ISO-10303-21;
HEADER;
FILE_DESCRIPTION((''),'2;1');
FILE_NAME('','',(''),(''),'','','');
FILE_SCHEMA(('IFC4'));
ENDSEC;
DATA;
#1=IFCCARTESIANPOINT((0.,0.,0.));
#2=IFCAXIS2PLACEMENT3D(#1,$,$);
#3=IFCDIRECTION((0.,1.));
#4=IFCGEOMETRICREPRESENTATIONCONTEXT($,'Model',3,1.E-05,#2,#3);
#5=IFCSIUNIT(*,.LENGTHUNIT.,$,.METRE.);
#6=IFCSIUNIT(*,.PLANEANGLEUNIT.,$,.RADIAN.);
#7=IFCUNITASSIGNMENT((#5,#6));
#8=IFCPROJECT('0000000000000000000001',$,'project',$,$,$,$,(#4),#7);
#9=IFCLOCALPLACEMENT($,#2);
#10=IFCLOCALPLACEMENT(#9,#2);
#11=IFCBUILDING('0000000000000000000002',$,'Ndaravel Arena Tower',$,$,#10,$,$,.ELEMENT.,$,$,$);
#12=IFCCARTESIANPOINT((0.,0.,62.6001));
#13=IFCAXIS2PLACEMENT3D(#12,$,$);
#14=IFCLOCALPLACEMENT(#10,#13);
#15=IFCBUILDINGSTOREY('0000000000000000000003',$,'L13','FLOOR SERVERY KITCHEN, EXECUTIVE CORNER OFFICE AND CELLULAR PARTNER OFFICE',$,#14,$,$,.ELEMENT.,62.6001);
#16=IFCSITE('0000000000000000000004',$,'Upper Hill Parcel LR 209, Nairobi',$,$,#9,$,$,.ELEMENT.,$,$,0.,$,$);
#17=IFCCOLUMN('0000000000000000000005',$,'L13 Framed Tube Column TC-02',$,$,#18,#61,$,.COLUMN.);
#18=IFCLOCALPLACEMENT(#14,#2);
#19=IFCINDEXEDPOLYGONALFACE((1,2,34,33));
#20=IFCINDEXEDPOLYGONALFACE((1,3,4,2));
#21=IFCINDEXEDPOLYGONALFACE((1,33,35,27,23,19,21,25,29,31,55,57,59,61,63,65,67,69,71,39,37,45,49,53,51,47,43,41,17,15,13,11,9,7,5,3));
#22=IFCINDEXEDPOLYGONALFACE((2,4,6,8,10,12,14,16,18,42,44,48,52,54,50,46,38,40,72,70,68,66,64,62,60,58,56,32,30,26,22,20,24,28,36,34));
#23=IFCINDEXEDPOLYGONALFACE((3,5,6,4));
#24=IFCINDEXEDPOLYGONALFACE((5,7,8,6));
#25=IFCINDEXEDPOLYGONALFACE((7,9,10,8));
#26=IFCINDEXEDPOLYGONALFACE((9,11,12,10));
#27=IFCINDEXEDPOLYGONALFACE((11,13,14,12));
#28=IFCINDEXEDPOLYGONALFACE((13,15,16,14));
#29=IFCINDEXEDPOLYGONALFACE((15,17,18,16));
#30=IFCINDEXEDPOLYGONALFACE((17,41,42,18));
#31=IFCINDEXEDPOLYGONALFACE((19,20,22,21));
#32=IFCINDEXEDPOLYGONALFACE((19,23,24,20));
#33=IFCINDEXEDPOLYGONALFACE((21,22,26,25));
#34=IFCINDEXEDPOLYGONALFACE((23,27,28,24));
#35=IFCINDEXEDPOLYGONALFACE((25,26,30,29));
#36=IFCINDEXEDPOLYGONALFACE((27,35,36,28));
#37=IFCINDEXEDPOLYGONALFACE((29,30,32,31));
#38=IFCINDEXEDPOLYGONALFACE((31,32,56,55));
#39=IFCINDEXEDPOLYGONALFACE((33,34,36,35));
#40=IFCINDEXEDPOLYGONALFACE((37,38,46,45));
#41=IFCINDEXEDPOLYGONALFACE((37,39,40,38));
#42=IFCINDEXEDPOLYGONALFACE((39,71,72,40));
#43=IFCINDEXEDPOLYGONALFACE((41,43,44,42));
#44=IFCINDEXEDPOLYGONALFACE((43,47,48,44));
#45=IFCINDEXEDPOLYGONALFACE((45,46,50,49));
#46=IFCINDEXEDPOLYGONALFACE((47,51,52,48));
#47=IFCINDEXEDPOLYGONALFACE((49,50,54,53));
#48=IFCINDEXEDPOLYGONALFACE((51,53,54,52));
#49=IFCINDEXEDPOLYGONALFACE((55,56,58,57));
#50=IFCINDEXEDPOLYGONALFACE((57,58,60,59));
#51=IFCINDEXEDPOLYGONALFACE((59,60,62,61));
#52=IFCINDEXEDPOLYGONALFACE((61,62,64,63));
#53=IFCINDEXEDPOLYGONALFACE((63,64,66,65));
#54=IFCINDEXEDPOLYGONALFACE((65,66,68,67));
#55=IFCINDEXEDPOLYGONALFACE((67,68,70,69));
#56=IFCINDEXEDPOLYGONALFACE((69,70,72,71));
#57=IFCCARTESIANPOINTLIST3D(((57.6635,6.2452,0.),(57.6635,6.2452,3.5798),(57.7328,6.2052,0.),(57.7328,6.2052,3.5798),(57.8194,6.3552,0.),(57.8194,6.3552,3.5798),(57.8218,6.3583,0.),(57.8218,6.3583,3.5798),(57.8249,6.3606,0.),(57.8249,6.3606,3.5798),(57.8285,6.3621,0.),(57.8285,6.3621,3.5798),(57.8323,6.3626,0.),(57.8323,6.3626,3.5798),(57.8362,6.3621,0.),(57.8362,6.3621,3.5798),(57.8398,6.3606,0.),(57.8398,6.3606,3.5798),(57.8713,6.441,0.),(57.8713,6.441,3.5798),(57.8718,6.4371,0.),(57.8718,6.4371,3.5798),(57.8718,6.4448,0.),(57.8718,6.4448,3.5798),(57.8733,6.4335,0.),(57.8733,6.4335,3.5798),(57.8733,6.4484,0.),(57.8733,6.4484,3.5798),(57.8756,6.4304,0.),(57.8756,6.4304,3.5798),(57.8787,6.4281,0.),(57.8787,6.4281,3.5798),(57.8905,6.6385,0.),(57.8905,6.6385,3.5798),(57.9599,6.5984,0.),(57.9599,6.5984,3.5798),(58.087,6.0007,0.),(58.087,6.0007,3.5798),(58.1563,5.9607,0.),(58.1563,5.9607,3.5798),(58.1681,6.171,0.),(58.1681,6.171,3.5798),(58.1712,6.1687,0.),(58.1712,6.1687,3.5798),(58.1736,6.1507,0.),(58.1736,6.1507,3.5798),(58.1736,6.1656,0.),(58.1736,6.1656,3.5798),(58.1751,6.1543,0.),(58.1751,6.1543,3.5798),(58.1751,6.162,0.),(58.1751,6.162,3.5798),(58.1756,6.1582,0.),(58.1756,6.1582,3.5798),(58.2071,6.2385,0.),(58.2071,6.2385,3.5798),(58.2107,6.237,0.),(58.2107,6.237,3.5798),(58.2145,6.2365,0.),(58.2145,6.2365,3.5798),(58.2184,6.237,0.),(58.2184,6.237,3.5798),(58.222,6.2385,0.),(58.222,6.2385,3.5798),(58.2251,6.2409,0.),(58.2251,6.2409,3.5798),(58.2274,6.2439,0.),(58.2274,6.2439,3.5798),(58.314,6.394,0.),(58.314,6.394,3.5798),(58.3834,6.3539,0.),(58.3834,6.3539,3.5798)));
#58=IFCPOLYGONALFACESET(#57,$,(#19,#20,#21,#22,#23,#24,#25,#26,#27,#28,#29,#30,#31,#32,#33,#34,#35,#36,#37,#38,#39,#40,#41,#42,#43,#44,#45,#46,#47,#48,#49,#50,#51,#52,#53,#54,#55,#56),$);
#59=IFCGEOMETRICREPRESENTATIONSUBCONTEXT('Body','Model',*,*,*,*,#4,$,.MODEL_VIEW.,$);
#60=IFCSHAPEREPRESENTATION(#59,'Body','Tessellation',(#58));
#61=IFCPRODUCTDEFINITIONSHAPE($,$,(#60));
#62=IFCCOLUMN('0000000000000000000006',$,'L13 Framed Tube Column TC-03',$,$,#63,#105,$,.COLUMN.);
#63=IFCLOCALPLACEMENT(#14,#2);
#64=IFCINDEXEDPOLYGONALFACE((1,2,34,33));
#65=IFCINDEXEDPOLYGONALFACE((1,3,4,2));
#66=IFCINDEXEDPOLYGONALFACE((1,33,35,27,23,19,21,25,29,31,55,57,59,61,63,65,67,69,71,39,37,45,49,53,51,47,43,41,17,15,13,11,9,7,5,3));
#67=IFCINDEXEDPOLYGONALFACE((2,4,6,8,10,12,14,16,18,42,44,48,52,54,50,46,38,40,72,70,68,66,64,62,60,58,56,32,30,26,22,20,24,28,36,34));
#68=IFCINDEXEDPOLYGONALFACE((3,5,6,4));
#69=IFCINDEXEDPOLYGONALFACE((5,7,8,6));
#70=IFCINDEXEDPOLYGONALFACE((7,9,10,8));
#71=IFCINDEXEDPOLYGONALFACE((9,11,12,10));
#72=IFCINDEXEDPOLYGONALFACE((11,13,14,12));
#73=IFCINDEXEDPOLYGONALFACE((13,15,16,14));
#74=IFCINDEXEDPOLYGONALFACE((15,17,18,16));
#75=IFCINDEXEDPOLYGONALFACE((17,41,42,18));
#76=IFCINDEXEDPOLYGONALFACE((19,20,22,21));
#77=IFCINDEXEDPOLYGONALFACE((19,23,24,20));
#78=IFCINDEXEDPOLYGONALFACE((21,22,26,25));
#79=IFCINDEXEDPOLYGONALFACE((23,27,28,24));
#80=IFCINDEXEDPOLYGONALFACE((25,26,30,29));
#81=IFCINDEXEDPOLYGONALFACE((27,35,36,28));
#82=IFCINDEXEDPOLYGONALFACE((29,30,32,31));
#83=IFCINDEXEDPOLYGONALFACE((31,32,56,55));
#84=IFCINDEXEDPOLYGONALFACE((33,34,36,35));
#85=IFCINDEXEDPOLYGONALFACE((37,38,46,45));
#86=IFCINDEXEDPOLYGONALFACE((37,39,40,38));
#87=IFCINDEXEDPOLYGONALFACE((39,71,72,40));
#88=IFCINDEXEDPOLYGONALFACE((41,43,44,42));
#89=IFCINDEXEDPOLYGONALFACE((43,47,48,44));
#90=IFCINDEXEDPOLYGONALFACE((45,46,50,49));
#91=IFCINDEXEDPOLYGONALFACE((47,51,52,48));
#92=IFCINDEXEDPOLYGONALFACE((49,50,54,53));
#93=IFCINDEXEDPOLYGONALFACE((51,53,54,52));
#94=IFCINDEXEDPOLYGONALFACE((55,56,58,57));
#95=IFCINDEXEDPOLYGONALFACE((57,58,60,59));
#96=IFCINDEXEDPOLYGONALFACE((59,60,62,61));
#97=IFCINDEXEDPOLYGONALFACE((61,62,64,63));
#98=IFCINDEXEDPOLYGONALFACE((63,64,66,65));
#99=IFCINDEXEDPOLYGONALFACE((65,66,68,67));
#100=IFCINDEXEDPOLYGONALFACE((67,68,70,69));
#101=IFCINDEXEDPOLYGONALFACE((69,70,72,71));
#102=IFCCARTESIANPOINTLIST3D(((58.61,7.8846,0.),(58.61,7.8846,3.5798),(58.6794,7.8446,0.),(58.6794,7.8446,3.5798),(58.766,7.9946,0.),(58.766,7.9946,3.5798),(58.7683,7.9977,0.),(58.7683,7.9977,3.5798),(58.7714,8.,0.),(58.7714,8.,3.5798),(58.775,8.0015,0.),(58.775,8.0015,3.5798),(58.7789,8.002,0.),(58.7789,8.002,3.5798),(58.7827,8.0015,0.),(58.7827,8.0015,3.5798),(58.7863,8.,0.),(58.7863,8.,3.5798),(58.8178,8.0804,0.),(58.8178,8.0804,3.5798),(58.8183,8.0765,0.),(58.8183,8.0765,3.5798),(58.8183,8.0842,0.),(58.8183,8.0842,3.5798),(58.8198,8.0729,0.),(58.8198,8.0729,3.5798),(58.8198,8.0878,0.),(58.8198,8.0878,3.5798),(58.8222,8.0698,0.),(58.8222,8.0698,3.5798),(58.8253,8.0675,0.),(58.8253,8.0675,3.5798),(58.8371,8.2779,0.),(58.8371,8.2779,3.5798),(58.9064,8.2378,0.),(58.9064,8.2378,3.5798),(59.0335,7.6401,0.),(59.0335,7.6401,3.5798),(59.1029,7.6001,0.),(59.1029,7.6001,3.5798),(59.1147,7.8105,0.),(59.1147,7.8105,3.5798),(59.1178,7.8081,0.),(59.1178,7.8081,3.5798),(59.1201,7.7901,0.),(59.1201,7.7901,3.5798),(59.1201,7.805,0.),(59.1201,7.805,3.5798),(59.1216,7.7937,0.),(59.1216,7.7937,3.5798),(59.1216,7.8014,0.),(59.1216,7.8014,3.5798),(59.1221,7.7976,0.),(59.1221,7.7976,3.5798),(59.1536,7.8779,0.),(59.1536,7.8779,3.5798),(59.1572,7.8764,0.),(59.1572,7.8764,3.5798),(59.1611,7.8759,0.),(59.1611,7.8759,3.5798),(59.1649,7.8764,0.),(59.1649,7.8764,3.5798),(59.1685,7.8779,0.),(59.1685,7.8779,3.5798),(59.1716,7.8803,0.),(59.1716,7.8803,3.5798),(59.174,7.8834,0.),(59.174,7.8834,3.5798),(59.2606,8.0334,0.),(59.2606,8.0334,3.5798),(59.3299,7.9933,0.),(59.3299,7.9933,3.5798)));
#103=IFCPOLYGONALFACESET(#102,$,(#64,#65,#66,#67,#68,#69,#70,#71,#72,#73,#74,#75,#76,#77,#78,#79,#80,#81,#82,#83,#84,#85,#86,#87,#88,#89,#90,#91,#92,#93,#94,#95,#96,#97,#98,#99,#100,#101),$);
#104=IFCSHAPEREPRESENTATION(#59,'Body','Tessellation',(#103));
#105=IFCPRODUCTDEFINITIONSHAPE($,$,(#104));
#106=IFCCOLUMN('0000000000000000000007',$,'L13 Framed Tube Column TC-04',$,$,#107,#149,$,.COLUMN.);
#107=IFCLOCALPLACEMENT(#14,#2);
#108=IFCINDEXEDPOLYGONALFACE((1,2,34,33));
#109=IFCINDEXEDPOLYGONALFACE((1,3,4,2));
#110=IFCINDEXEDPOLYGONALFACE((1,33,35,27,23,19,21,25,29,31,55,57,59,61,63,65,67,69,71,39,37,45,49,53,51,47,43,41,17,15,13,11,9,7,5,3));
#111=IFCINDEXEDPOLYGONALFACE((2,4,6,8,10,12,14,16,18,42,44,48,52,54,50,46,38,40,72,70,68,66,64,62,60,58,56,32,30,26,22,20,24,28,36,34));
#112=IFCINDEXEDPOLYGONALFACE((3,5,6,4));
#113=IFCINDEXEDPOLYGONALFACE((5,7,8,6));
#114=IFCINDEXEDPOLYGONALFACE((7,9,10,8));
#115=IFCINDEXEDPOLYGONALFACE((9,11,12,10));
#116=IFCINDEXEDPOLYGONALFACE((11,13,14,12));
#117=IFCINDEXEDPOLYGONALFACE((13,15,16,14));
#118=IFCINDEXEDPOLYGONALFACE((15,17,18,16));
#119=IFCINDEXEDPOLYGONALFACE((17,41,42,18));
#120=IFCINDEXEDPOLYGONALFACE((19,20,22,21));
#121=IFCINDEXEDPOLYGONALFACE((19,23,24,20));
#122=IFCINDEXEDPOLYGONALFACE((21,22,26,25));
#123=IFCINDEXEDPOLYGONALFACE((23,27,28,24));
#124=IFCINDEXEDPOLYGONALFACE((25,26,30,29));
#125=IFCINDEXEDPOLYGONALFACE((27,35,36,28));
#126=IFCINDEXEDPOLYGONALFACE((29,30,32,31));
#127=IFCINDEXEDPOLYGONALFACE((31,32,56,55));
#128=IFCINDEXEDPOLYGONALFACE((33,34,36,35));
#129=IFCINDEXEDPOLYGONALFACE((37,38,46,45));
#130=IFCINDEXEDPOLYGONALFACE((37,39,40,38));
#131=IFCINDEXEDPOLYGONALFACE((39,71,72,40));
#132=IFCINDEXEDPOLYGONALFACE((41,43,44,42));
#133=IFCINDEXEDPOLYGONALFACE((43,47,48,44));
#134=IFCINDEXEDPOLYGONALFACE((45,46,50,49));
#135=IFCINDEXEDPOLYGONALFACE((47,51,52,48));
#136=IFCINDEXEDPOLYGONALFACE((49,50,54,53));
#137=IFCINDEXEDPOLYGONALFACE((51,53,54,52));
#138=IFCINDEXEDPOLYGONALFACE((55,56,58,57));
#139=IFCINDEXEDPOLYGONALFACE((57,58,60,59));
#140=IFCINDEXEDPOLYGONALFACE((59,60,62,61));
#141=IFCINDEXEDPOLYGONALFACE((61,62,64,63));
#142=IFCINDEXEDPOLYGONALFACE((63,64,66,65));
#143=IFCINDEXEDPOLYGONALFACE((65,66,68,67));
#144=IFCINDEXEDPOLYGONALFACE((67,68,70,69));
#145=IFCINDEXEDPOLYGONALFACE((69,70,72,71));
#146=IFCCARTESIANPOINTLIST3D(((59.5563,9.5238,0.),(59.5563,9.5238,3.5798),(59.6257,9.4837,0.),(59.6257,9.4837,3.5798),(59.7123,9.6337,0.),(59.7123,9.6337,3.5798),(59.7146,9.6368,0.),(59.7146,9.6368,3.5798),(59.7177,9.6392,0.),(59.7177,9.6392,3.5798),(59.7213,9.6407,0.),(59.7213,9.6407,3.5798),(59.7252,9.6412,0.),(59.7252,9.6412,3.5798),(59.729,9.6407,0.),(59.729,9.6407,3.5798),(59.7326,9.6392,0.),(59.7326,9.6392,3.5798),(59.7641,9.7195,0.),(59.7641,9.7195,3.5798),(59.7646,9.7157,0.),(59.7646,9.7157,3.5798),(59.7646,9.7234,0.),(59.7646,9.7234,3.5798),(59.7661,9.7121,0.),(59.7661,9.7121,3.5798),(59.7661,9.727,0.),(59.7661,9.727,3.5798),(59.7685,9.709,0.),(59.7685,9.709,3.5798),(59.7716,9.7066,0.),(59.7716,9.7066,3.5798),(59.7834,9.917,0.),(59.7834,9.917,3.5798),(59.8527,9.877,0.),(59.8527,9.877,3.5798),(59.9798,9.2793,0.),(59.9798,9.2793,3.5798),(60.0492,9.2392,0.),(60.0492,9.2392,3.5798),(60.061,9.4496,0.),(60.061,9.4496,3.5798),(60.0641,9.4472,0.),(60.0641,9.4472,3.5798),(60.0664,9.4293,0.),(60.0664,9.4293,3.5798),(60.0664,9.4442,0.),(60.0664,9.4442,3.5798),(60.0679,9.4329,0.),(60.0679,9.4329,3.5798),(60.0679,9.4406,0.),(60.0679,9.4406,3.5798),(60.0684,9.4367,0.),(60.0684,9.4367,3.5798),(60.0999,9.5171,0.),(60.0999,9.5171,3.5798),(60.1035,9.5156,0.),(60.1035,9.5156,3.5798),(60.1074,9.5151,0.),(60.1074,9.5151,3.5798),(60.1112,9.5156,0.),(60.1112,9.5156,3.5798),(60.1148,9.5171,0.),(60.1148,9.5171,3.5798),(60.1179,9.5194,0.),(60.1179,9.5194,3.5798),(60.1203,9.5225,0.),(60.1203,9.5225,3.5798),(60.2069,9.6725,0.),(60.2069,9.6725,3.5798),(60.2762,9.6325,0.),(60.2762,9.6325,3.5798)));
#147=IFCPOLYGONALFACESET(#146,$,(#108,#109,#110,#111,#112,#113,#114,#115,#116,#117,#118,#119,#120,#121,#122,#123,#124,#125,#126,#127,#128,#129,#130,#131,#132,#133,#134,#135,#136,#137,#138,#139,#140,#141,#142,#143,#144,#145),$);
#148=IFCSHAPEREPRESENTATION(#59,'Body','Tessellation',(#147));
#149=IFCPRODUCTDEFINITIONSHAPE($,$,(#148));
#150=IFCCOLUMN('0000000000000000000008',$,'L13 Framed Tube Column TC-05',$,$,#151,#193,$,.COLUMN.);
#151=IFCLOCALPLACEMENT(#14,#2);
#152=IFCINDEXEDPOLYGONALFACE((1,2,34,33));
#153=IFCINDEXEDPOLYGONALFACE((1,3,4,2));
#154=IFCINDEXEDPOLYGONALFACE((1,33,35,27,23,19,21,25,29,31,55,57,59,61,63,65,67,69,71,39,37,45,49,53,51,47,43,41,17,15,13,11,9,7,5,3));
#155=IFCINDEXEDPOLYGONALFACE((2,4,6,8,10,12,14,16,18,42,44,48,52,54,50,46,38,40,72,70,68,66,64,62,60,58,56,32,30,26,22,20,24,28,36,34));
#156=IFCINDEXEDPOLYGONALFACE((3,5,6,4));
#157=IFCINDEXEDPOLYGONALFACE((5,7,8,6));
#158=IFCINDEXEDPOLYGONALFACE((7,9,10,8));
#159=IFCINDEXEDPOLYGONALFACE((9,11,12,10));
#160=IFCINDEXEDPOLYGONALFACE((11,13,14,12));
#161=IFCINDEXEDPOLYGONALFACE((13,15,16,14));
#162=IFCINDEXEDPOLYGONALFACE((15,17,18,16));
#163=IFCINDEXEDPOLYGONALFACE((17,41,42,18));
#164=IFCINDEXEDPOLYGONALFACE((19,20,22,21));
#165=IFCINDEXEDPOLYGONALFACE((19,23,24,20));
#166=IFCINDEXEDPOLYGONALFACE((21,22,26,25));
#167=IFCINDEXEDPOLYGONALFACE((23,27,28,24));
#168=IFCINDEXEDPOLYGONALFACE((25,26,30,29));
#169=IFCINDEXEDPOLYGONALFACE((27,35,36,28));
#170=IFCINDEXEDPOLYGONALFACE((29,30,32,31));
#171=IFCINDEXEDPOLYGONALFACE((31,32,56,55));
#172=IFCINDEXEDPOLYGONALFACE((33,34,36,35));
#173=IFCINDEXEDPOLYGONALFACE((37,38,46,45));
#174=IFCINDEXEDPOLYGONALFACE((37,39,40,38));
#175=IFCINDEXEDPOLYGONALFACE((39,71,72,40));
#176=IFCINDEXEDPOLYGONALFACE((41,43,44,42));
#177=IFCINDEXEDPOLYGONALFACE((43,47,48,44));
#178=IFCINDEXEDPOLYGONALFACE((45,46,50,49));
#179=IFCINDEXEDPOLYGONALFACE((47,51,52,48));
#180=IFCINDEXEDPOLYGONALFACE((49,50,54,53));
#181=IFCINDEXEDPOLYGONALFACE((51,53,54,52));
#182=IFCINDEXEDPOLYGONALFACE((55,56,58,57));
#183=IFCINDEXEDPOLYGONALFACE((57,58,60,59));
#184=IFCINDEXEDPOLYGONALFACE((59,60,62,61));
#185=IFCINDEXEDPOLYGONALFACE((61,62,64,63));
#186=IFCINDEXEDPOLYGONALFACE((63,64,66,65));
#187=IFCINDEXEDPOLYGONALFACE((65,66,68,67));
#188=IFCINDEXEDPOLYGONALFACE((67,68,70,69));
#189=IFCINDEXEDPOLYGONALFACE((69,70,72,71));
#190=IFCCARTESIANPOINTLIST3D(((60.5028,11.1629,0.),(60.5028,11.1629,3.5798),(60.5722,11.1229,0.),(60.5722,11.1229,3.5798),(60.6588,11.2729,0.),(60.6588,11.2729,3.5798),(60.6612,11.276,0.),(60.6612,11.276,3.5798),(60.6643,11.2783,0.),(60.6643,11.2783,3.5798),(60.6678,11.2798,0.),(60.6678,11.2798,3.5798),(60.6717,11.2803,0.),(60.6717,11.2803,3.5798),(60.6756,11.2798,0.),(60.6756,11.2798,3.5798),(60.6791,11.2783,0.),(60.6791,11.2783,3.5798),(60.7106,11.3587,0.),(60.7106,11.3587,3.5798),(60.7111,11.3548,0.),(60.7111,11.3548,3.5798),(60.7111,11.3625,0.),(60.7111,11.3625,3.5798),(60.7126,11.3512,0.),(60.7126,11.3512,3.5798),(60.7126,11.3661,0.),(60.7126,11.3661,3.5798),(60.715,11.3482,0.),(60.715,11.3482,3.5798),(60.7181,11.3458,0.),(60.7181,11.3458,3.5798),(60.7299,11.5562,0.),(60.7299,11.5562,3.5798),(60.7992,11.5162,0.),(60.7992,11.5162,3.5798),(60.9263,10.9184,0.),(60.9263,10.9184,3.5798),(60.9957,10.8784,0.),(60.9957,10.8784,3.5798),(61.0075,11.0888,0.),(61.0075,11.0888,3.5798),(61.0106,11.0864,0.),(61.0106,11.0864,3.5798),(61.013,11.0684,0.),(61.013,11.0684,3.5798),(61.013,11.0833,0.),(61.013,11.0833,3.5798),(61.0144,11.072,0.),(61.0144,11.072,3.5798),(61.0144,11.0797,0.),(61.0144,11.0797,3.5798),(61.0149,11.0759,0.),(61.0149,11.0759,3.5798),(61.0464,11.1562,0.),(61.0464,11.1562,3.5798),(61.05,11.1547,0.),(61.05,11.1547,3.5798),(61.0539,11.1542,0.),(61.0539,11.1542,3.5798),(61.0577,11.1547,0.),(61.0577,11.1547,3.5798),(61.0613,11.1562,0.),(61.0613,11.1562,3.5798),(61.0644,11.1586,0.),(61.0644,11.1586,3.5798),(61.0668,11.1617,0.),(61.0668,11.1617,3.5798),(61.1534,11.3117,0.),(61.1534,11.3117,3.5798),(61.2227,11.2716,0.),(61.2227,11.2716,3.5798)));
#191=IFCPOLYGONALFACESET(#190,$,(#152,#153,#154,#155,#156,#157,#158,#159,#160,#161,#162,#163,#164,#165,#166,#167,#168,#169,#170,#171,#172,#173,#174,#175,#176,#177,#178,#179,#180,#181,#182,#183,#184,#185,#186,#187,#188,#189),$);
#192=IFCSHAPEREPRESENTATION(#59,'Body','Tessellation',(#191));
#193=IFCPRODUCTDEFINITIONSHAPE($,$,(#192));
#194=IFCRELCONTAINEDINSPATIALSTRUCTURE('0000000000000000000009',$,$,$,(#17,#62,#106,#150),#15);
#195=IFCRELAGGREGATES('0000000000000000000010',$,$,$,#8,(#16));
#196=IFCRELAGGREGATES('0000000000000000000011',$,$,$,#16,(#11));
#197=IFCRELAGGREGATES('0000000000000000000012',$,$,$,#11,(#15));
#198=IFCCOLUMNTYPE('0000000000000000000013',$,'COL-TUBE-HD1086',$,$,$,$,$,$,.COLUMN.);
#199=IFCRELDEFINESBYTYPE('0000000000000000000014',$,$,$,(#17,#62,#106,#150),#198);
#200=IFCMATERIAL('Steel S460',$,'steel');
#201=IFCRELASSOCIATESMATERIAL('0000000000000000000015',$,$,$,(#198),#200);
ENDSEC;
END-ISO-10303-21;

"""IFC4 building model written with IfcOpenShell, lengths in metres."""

from ifc_helpers import new_model, si_unit, direction, frame, origin, origin_2d, place, context, subcontext, project, spatial, i_section, extrude, material, material_profile, profile_set, type_object, element, save


model = new_model("IFC4")

# Units and contexts
model_context = context("Model", 3, precision=1e-05, world=origin(), true_north=direction((0.0, 1.0)))
body_context = subcontext(model_context, "Body", "Model", "MODEL_VIEW")
ifc_project = project(units=[si_unit("LENGTHUNIT", "METRE"), si_unit("PLANEANGLEUNIT", "RADIAN")], contexts=[model_context])

# Site, building, storey
site_placement = place(None, origin())
site = spatial("IfcSite", under=ifc_project, at=site_placement, Name="Upper Hill Parcel LR 209, Nairobi", CompositionType="ELEMENT", RefElevation=0.0)
building_placement = place(site_placement, origin())
building = spatial("IfcBuilding", under=site, at=building_placement, Name="Ndaravel Arena Tower", CompositionType="ELEMENT")
storey_placement = place(building_placement, frame((0.0, 0.0, 62.6001)))
storey = spatial("IfcBuildingStorey", under=building, at=storey_placement, Name="L13", Description="FLOOR SERVERY KITCHEN, EXECUTIVE CORNER OFFICE AND CELLULAR PARTNER OFFICE", CompositionType="ELEMENT", Elevation=62.6001)

# Columns
ifc_material_1 = material(Name="Steel S460", Category="steel")
ifc_material_profile_1 = material_profile(ifc_material_1, i_section(OverallWidth=0.4541, OverallDepth=0.5691, WebThickness=0.0779, FlangeThickness=0.0801, FilletRadius=0.0149, at=origin_2d()), Name="HD 400x1086")
ifc_profile_set_1 = profile_set([ifc_material_profile_1], Name="Steel S460")
column_type = type_object("IfcColumnType", Name="COL-TUBE-HD1086", PredefinedType="COLUMN", material=ifc_profile_set_1)
for number, where, z_axis, x_axis, name in (
    (1, (58.0234, 6.2996, 0.0), (0.0, 0.0, 1.0), (0.5, 0.866025, 0.0), "L13 Framed Tube Column TC-02"),
    (2, (58.97, 7.939, 0.0), (0.0, 0.0, 1.0), (0.5, 0.866025, 0.0), "L13 Framed Tube Column TC-03"),
    (3, (59.9163, 9.5781, 0.0), (0.0, 0.0, 1.0), (0.5, 0.866025, 0.0), "L13 Framed Tube Column TC-04"),
    (4, (60.8628, 11.2173, 0.0), (0.0, 0.0, 1.0), (0.5, 0.866025, 0.0), "L13 Framed Tube Column TC-05"),
):
    element("IfcColumn", number, at=place(storey_placement, frame(where, z_axis=z_axis, x_axis=x_axis)), inside=storey, type_object=column_type, Name=name, PredefinedType="COLUMN", context=body_context, shape_type="SweptSolid", body=[
        extrude(i_section(OverallWidth=0.4541, OverallDepth=0.5691, WebThickness=0.0779, FlangeThickness=0.0801, FilletRadius=0.0149, at=origin_2d()), origin(), (0.0, 0.0, 1.0), 3.5798),
    ])

save(model, "model.ifc")
